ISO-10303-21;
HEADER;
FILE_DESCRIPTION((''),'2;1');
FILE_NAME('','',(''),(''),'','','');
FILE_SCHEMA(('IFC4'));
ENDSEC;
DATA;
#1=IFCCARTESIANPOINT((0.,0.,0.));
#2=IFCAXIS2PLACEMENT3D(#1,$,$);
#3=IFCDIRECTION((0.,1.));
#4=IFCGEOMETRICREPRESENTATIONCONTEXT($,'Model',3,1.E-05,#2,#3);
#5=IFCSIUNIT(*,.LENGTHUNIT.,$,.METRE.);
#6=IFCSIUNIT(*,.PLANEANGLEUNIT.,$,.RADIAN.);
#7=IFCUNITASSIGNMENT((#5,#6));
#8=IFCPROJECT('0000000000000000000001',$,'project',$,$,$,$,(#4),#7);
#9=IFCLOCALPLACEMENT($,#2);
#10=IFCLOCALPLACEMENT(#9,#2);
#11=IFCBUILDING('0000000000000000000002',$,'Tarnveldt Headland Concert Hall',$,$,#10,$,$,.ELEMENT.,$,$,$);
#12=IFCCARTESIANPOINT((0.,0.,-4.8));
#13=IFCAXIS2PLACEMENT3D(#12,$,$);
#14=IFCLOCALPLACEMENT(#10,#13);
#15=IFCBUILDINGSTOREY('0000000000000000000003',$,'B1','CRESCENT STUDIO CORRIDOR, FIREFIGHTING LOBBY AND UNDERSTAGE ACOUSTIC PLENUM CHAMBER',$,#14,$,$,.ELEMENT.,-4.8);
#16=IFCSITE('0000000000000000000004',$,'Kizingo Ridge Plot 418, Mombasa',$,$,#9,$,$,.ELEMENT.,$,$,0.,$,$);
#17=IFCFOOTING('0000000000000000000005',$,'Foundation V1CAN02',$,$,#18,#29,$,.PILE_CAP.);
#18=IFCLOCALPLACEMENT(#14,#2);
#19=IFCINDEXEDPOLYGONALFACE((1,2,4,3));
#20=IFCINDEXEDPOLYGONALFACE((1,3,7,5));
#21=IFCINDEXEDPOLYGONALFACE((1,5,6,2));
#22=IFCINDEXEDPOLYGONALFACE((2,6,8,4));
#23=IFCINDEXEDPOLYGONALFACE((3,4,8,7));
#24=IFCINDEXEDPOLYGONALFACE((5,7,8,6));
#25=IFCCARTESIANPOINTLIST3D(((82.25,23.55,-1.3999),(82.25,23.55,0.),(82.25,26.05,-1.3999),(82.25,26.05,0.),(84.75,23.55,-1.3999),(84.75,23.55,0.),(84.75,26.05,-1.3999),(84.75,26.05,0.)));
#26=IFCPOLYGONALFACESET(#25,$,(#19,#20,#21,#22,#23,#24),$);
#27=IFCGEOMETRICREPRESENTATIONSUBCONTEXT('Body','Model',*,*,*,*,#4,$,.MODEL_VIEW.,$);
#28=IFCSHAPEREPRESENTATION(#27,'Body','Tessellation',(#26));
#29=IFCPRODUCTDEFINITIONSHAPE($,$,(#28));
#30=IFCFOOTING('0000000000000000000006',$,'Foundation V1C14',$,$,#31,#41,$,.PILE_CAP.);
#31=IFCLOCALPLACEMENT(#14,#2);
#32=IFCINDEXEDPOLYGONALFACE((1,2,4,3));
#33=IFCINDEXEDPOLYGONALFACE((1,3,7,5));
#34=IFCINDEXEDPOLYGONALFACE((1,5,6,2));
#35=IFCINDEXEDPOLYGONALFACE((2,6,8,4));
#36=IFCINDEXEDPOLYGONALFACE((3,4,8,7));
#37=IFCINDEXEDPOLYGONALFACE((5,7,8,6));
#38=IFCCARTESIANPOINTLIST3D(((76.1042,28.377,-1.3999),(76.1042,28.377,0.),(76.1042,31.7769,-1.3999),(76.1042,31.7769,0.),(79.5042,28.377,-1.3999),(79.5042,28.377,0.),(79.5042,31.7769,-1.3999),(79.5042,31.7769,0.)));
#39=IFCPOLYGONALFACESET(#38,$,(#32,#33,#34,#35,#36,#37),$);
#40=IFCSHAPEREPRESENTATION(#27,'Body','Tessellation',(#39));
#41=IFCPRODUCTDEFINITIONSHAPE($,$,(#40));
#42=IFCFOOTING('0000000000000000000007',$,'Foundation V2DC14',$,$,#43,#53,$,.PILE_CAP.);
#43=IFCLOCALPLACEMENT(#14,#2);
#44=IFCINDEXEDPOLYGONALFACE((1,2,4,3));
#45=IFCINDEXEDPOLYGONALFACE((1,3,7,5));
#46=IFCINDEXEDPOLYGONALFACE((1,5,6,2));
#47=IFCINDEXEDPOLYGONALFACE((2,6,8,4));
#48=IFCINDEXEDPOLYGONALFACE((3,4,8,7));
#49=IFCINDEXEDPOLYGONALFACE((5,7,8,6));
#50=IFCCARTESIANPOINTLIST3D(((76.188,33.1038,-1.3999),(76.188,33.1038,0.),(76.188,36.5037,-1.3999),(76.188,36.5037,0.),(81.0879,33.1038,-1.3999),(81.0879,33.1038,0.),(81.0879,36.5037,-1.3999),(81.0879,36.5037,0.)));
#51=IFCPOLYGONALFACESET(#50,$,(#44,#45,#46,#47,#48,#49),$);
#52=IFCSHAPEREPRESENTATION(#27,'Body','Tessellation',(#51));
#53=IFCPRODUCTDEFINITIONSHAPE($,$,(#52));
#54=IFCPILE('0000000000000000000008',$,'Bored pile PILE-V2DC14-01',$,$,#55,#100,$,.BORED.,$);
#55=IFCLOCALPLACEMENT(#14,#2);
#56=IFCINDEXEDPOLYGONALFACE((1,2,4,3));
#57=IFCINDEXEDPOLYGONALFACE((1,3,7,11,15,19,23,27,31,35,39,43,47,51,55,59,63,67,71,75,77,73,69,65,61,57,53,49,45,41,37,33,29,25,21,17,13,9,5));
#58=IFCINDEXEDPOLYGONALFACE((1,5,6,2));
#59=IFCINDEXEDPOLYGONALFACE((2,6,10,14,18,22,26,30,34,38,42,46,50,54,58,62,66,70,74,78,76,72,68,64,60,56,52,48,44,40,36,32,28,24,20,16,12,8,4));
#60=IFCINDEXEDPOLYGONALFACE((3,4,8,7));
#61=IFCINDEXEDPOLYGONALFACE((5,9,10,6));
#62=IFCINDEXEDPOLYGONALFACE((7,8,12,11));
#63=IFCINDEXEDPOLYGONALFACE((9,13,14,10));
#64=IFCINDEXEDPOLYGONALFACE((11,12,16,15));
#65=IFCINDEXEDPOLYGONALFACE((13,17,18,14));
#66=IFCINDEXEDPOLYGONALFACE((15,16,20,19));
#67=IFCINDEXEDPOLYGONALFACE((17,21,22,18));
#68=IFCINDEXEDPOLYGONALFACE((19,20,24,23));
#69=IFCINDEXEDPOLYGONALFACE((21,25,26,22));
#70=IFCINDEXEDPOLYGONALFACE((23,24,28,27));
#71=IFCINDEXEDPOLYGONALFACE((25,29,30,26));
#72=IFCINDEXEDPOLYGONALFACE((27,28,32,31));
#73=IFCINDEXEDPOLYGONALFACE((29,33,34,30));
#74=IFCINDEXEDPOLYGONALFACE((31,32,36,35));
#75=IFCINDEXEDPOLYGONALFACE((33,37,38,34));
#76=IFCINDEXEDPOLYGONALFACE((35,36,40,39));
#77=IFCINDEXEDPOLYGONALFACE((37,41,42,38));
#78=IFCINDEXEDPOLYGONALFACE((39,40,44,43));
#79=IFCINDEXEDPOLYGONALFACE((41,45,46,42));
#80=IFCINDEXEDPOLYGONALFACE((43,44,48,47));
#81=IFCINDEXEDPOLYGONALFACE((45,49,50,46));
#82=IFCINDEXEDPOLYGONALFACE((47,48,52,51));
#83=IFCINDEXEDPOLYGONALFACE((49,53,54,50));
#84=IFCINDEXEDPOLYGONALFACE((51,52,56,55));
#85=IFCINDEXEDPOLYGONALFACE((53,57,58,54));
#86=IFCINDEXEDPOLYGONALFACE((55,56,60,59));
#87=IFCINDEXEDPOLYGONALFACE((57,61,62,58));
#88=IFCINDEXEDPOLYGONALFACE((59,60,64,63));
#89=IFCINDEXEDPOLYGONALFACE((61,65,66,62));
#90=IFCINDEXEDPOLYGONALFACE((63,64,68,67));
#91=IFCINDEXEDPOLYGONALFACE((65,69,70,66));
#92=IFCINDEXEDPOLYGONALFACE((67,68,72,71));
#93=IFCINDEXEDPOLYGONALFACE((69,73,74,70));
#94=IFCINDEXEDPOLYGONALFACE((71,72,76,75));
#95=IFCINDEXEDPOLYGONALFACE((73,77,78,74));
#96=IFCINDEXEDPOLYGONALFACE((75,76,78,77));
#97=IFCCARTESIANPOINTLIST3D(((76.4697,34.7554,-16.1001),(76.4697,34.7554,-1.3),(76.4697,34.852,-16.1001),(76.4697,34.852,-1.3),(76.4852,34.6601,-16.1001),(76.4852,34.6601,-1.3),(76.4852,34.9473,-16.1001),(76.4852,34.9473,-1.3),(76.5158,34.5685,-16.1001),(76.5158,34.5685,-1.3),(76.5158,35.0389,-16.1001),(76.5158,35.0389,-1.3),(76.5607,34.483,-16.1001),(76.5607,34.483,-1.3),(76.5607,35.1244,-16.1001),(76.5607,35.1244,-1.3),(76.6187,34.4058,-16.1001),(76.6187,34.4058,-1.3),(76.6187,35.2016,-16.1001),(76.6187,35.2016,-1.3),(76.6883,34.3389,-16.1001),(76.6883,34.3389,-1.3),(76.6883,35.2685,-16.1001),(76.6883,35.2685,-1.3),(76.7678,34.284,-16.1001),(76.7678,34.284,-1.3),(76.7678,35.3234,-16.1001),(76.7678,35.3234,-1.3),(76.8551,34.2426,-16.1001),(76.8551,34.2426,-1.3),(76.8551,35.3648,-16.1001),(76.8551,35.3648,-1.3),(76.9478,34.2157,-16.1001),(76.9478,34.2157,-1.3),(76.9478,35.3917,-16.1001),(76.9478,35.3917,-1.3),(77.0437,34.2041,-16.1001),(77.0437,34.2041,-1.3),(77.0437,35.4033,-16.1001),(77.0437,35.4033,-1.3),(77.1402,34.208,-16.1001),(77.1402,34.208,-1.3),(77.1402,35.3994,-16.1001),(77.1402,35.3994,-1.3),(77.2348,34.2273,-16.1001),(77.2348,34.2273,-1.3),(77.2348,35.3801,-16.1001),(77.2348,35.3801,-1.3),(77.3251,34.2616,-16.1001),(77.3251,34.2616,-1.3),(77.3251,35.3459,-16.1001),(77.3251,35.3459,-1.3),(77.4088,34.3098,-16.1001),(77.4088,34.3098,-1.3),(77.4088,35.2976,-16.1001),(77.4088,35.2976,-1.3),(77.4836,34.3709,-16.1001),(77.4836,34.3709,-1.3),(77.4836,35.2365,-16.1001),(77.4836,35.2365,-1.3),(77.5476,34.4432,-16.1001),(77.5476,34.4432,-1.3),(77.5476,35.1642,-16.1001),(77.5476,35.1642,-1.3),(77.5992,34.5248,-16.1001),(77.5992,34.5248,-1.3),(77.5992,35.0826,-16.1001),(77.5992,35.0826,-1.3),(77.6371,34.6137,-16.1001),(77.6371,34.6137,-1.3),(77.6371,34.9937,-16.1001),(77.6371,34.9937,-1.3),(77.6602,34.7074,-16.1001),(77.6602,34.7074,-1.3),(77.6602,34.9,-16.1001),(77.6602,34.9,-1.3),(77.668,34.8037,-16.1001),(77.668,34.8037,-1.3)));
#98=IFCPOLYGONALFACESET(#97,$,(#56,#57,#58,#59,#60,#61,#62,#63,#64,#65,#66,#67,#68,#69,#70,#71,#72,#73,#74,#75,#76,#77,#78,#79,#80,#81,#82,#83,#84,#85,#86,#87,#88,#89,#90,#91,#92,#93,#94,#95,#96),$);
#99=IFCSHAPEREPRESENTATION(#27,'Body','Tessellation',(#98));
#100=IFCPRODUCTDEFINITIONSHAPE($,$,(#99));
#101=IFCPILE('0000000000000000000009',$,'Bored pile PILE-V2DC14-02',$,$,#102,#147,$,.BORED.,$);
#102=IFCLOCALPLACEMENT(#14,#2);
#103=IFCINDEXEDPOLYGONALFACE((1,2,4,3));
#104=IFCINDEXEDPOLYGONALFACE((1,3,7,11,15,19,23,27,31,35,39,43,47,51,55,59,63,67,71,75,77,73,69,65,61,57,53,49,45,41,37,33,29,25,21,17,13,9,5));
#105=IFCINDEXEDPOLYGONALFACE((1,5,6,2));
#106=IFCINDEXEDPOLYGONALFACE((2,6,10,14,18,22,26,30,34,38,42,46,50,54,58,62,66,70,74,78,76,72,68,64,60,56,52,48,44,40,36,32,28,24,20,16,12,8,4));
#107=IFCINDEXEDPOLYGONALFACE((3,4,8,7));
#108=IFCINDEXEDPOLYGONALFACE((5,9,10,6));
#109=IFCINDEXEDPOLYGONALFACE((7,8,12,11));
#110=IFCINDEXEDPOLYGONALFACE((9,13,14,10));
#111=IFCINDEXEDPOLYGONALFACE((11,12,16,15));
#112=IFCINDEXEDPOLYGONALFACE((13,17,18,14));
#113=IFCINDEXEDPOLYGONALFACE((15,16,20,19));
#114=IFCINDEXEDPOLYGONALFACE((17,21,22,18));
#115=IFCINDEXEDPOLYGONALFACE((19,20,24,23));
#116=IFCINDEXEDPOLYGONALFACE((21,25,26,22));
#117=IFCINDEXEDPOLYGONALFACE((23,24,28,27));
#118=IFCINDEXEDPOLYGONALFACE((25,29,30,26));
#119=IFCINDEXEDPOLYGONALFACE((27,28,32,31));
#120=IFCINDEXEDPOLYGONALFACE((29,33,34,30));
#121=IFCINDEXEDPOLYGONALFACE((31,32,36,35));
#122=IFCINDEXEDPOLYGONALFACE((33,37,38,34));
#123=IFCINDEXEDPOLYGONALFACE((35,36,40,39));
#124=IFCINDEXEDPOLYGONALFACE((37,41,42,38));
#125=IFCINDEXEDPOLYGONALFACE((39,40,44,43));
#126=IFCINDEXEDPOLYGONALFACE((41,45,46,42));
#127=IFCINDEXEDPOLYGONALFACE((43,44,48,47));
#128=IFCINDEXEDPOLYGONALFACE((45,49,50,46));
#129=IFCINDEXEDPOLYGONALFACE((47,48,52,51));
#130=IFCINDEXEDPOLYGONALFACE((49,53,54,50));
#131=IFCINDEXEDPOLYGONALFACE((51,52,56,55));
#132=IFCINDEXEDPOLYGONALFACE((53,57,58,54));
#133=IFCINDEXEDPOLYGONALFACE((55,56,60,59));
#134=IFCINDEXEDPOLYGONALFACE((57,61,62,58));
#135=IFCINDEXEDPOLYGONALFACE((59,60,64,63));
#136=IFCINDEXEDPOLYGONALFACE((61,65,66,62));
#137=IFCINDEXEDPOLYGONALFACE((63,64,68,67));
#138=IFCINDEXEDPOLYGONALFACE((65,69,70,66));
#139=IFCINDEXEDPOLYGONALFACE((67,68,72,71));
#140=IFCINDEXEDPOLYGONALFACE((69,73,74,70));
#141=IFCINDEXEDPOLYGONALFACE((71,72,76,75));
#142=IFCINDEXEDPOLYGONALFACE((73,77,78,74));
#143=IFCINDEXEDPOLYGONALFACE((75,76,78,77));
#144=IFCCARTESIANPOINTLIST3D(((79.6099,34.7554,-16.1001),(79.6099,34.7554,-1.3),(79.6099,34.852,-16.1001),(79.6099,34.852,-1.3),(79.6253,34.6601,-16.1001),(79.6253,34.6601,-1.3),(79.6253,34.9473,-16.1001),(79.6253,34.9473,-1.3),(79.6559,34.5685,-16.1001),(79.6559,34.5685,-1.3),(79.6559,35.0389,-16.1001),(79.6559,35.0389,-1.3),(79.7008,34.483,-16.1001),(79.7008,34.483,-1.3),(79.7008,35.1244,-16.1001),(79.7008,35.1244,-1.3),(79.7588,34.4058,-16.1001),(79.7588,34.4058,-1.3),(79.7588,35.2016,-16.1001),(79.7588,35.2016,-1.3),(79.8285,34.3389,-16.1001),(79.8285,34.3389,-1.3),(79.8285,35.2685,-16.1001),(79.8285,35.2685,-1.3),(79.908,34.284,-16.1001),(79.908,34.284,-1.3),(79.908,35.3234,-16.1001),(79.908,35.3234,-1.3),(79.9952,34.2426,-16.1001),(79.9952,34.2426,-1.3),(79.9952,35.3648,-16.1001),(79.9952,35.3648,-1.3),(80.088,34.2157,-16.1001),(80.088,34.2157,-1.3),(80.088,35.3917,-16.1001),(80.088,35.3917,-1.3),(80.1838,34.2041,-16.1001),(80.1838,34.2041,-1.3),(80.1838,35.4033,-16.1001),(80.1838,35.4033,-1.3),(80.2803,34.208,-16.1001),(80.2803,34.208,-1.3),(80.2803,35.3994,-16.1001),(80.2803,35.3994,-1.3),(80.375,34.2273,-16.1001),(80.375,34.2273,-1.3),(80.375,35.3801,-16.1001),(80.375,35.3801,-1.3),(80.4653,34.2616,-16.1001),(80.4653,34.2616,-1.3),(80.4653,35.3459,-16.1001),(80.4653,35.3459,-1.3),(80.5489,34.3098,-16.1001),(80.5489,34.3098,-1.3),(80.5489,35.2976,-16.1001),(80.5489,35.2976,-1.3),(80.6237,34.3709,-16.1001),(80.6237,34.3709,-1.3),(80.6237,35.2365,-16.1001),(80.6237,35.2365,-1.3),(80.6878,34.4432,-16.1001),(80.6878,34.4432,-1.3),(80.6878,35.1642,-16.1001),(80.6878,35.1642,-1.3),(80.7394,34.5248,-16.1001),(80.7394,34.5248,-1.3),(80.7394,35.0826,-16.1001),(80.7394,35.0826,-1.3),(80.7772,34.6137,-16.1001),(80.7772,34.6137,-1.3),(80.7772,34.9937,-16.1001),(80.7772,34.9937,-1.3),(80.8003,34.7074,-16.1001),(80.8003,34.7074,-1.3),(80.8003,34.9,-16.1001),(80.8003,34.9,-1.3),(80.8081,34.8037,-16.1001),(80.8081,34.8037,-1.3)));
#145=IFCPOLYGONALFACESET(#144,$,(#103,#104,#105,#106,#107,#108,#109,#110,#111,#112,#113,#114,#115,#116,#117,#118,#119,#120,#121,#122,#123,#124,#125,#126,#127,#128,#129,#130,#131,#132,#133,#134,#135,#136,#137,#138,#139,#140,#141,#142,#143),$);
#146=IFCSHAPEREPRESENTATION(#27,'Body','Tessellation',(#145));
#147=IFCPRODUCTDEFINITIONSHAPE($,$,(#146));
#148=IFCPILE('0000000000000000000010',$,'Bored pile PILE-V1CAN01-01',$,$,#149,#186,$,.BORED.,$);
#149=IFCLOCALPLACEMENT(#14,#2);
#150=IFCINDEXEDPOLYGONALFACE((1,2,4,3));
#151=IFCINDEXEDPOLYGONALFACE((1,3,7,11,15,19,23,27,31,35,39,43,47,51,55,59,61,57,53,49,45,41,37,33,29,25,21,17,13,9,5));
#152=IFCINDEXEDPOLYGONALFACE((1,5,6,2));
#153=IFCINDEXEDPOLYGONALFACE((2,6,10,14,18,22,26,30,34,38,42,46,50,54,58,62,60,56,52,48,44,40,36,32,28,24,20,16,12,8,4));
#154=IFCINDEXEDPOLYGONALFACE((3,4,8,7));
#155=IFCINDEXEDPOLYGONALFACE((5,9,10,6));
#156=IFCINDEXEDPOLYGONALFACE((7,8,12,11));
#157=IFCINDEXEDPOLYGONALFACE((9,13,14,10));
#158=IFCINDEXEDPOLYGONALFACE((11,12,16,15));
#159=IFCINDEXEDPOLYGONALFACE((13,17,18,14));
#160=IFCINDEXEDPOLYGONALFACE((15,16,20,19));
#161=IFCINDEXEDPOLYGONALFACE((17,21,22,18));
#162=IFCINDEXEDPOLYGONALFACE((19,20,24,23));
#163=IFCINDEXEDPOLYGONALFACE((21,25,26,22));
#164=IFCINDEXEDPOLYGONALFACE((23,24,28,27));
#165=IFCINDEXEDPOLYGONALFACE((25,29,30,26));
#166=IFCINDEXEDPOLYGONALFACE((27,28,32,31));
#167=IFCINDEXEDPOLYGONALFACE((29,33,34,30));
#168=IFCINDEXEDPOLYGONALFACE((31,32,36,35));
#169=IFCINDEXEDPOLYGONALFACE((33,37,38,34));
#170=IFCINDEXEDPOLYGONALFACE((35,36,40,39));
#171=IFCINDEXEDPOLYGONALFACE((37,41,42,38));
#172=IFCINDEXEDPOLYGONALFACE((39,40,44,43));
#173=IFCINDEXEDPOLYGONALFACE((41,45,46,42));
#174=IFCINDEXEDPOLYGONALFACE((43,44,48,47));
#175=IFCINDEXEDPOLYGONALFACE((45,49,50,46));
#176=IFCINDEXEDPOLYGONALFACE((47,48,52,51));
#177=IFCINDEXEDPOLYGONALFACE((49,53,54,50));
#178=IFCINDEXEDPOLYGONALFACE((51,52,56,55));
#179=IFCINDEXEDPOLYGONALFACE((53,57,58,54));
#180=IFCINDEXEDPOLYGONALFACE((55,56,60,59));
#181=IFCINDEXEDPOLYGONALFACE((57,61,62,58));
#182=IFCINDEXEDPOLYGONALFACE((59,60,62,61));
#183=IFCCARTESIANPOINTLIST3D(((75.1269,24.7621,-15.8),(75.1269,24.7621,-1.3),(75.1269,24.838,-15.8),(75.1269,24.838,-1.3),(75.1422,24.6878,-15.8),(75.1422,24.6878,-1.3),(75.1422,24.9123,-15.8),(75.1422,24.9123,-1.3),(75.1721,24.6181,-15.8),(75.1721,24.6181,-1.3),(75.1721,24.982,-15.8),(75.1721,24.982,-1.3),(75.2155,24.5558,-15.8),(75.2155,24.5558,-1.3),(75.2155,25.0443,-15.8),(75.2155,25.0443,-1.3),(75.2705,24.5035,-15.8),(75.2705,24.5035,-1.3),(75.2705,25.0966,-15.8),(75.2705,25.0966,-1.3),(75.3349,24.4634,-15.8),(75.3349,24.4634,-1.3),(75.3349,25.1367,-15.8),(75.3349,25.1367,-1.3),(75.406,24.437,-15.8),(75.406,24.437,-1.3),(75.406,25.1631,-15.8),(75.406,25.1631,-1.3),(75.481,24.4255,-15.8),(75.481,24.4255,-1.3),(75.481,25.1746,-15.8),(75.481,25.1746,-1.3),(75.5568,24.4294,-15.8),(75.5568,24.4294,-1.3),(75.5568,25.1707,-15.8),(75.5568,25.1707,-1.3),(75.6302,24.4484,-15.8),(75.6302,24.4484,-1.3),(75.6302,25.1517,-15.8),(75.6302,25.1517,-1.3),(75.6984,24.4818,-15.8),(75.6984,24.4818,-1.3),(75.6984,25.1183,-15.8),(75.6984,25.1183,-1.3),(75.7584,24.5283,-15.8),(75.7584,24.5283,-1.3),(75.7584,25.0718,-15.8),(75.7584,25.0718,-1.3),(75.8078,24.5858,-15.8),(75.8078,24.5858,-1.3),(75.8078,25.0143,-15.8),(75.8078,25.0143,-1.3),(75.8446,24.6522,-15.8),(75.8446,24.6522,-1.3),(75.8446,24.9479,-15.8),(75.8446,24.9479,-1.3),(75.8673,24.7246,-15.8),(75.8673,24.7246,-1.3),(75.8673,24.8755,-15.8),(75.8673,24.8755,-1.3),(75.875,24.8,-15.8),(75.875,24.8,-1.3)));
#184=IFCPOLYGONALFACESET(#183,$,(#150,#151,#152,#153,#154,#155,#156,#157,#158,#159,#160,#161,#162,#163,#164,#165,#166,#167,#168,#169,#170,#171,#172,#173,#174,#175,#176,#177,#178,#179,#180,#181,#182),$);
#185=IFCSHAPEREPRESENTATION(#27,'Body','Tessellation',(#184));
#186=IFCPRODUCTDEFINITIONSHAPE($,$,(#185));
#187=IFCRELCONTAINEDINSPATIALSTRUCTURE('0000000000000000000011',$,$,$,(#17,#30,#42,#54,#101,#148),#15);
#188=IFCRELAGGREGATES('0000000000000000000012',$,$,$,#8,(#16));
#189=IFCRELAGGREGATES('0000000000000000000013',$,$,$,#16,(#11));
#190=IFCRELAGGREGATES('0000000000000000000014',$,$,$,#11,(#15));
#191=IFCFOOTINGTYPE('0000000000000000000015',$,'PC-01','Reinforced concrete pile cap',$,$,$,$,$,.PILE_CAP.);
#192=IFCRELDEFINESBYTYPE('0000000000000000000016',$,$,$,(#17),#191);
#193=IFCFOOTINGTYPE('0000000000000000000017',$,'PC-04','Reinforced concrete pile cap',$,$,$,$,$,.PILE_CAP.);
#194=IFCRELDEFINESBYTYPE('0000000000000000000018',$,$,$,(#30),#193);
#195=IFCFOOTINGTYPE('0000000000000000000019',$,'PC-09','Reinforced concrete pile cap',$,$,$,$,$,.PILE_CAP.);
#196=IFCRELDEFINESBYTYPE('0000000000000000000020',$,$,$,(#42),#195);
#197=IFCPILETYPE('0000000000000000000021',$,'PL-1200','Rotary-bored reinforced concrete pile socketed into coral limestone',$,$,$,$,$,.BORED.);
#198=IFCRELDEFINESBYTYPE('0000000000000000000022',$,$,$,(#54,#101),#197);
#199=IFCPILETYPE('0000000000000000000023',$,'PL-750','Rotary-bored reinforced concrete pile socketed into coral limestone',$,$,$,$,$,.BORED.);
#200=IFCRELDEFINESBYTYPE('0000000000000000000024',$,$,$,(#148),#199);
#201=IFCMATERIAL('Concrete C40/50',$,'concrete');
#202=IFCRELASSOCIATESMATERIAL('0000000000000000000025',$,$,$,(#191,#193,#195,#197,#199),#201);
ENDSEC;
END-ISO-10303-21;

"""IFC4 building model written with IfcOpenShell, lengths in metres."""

from ifc_helpers import new_model, si_unit, direction, frame, origin, origin_2d, place, context, subcontext, project, spatial, rectangle, circle, extrude, material, material_profile, profile_set, type_object, element, save


model = new_model("IFC4")

# Units and contexts
model_context = context("Model", 3, precision=1e-05, world=origin(), true_north=direction((0.0, 1.0)))
body_context = subcontext(model_context, "Body", "Model", "MODEL_VIEW")
ifc_project = project(units=[si_unit("LENGTHUNIT", "METRE"), si_unit("PLANEANGLEUNIT", "RADIAN")], contexts=[model_context])

# Site, building, storey
site_placement = place(None, origin())
site = spatial("IfcSite", under=ifc_project, at=site_placement, Name="Kizingo Ridge Plot 418, Mombasa", CompositionType="ELEMENT", RefElevation=0.0)
building_placement = place(site_placement, origin())
building = spatial("IfcBuilding", under=site, at=building_placement, Name="Tarnveldt Headland Concert Hall", CompositionType="ELEMENT")
storey_placement = place(building_placement, frame((0.0, 0.0, -4.8)))
storey = spatial("IfcBuildingStorey", under=building, at=storey_placement, Name="B1", Description="CRESCENT STUDIO CORRIDOR, FIREFIGHTING LOBBY AND UNDERSTAGE ACOUSTIC PLENUM CHAMBER", CompositionType="ELEMENT", Elevation=-4.8)

# Footings
ifc_material_1 = material(Name="Concrete C40/50", Category="concrete")
footing_type_1 = type_object("IfcFootingType", Name="PC-01", Description="Reinforced concrete pile cap", PredefinedType="PILE_CAP", material=ifc_material_1)
footing_1_placement = place(storey_placement, frame((83.5, 24.8, -1.3999), z_axis=(0.0, 0.0, 1.0), x_axis=(1.0, 0.0, 0.0)))
element("IfcFooting", 1, at=footing_1_placement, inside=storey, type_object=footing_type_1, Name="Foundation V1CAN02", PredefinedType="PILE_CAP", context=body_context, shape_type="SweptSolid", body=[
    extrude(rectangle(XDim=2.5, YDim=2.5, at=origin_2d()), origin(), (0.0, 0.0, 1.0), 1.3999),
])
footing_type_2 = type_object("IfcFootingType", Name="PC-04", Description="Reinforced concrete pile cap", PredefinedType="PILE_CAP", material=ifc_material_1)
footing_2_placement = place(storey_placement, frame((77.8042, 30.0769, -1.3999), z_axis=(0.0, 0.0, 1.0), x_axis=(1.0, 0.0, 0.0)))
element("IfcFooting", 2, at=footing_2_placement, inside=storey, type_object=footing_type_2, Name="Foundation V1C14", PredefinedType="PILE_CAP", context=body_context, shape_type="SweptSolid", body=[
    extrude(rectangle(XDim=3.3999, YDim=3.3999, at=origin_2d()), origin(), (0.0, 0.0, 1.0), 1.3999),
])
footing_type_3 = type_object("IfcFootingType", Name="PC-09", Description="Reinforced concrete pile cap", PredefinedType="PILE_CAP", material=ifc_material_1)
footing_3_placement = place(storey_placement, frame((78.6379, 34.8037, -1.3999), z_axis=(0.0, 0.0, 1.0), x_axis=(1.0, 0.0, 0.0)))
element("IfcFooting", 3, at=footing_3_placement, inside=storey, type_object=footing_type_3, Name="Foundation V2DC14", PredefinedType="PILE_CAP", context=body_context, shape_type="SweptSolid", body=[
    extrude(rectangle(XDim=4.8999, YDim=3.3999, at=origin_2d()), origin(), (0.0, 0.0, 1.0), 1.3999),
])

# Piles
ifc_material_profile_1 = material_profile(ifc_material_1, circle(Radius=0.6001, at=origin_2d()), Name="BORED PILE D1200", Category="concrete")
ifc_profile_set_1 = profile_set([ifc_material_profile_1], Name="Concrete C40/50")
pile_type_1 = type_object("IfcPileType", Name="PL-1200", Description="Rotary-bored reinforced concrete pile socketed into coral limestone", PredefinedType="BORED", material=ifc_profile_set_1)
for number, where, z_axis, x_axis, name in (
    (4, (77.0679, 34.8037, -1.3), (0.0, 0.0, -1.0), (1.0, 0.0, 0.0), "Bored pile PILE-V2DC14-01"),
    (5, (80.208, 34.8037, -1.3), (0.0, 0.0, -1.0), (1.0, 0.0, 0.0), "Bored pile PILE-V2DC14-02"),
):
    element("IfcPile", number, at=place(storey_placement, frame(where, z_axis=z_axis, x_axis=x_axis)), inside=storey, type_object=pile_type_1, Name=name, PredefinedType="BORED", context=body_context, shape_type="SweptSolid", body=[
        extrude(circle(Radius=0.6001, at=origin_2d()), origin(), (0.0, 0.0, 1.0), 14.8),
    ])
ifc_material_profile_2 = material_profile(ifc_material_1, circle(Radius=0.375, at=origin_2d()), Name="BORED PILE D750", Category="concrete")
ifc_profile_set_2 = profile_set([ifc_material_profile_2], Name="Concrete C40/50")
pile_type_2 = type_object("IfcPileType", Name="PL-750", Description="Rotary-bored reinforced concrete pile socketed into coral limestone", PredefinedType="BORED", material=ifc_profile_set_2)
pile_1_placement = place(storey_placement, frame((75.5, 24.8, -1.3), z_axis=(0.0, 0.0, -1.0), x_axis=(1.0, 0.0, 0.0)))
element("IfcPile", 6, at=pile_1_placement, inside=storey, type_object=pile_type_2, Name="Bored pile PILE-V1CAN01-01", PredefinedType="BORED", context=body_context, shape_type="SweptSolid", body=[
    extrude(circle(Radius=0.375, at=origin_2d()), origin(), (0.0, 0.0, 1.0), 14.5),
])

save(model, "model.ifc")
